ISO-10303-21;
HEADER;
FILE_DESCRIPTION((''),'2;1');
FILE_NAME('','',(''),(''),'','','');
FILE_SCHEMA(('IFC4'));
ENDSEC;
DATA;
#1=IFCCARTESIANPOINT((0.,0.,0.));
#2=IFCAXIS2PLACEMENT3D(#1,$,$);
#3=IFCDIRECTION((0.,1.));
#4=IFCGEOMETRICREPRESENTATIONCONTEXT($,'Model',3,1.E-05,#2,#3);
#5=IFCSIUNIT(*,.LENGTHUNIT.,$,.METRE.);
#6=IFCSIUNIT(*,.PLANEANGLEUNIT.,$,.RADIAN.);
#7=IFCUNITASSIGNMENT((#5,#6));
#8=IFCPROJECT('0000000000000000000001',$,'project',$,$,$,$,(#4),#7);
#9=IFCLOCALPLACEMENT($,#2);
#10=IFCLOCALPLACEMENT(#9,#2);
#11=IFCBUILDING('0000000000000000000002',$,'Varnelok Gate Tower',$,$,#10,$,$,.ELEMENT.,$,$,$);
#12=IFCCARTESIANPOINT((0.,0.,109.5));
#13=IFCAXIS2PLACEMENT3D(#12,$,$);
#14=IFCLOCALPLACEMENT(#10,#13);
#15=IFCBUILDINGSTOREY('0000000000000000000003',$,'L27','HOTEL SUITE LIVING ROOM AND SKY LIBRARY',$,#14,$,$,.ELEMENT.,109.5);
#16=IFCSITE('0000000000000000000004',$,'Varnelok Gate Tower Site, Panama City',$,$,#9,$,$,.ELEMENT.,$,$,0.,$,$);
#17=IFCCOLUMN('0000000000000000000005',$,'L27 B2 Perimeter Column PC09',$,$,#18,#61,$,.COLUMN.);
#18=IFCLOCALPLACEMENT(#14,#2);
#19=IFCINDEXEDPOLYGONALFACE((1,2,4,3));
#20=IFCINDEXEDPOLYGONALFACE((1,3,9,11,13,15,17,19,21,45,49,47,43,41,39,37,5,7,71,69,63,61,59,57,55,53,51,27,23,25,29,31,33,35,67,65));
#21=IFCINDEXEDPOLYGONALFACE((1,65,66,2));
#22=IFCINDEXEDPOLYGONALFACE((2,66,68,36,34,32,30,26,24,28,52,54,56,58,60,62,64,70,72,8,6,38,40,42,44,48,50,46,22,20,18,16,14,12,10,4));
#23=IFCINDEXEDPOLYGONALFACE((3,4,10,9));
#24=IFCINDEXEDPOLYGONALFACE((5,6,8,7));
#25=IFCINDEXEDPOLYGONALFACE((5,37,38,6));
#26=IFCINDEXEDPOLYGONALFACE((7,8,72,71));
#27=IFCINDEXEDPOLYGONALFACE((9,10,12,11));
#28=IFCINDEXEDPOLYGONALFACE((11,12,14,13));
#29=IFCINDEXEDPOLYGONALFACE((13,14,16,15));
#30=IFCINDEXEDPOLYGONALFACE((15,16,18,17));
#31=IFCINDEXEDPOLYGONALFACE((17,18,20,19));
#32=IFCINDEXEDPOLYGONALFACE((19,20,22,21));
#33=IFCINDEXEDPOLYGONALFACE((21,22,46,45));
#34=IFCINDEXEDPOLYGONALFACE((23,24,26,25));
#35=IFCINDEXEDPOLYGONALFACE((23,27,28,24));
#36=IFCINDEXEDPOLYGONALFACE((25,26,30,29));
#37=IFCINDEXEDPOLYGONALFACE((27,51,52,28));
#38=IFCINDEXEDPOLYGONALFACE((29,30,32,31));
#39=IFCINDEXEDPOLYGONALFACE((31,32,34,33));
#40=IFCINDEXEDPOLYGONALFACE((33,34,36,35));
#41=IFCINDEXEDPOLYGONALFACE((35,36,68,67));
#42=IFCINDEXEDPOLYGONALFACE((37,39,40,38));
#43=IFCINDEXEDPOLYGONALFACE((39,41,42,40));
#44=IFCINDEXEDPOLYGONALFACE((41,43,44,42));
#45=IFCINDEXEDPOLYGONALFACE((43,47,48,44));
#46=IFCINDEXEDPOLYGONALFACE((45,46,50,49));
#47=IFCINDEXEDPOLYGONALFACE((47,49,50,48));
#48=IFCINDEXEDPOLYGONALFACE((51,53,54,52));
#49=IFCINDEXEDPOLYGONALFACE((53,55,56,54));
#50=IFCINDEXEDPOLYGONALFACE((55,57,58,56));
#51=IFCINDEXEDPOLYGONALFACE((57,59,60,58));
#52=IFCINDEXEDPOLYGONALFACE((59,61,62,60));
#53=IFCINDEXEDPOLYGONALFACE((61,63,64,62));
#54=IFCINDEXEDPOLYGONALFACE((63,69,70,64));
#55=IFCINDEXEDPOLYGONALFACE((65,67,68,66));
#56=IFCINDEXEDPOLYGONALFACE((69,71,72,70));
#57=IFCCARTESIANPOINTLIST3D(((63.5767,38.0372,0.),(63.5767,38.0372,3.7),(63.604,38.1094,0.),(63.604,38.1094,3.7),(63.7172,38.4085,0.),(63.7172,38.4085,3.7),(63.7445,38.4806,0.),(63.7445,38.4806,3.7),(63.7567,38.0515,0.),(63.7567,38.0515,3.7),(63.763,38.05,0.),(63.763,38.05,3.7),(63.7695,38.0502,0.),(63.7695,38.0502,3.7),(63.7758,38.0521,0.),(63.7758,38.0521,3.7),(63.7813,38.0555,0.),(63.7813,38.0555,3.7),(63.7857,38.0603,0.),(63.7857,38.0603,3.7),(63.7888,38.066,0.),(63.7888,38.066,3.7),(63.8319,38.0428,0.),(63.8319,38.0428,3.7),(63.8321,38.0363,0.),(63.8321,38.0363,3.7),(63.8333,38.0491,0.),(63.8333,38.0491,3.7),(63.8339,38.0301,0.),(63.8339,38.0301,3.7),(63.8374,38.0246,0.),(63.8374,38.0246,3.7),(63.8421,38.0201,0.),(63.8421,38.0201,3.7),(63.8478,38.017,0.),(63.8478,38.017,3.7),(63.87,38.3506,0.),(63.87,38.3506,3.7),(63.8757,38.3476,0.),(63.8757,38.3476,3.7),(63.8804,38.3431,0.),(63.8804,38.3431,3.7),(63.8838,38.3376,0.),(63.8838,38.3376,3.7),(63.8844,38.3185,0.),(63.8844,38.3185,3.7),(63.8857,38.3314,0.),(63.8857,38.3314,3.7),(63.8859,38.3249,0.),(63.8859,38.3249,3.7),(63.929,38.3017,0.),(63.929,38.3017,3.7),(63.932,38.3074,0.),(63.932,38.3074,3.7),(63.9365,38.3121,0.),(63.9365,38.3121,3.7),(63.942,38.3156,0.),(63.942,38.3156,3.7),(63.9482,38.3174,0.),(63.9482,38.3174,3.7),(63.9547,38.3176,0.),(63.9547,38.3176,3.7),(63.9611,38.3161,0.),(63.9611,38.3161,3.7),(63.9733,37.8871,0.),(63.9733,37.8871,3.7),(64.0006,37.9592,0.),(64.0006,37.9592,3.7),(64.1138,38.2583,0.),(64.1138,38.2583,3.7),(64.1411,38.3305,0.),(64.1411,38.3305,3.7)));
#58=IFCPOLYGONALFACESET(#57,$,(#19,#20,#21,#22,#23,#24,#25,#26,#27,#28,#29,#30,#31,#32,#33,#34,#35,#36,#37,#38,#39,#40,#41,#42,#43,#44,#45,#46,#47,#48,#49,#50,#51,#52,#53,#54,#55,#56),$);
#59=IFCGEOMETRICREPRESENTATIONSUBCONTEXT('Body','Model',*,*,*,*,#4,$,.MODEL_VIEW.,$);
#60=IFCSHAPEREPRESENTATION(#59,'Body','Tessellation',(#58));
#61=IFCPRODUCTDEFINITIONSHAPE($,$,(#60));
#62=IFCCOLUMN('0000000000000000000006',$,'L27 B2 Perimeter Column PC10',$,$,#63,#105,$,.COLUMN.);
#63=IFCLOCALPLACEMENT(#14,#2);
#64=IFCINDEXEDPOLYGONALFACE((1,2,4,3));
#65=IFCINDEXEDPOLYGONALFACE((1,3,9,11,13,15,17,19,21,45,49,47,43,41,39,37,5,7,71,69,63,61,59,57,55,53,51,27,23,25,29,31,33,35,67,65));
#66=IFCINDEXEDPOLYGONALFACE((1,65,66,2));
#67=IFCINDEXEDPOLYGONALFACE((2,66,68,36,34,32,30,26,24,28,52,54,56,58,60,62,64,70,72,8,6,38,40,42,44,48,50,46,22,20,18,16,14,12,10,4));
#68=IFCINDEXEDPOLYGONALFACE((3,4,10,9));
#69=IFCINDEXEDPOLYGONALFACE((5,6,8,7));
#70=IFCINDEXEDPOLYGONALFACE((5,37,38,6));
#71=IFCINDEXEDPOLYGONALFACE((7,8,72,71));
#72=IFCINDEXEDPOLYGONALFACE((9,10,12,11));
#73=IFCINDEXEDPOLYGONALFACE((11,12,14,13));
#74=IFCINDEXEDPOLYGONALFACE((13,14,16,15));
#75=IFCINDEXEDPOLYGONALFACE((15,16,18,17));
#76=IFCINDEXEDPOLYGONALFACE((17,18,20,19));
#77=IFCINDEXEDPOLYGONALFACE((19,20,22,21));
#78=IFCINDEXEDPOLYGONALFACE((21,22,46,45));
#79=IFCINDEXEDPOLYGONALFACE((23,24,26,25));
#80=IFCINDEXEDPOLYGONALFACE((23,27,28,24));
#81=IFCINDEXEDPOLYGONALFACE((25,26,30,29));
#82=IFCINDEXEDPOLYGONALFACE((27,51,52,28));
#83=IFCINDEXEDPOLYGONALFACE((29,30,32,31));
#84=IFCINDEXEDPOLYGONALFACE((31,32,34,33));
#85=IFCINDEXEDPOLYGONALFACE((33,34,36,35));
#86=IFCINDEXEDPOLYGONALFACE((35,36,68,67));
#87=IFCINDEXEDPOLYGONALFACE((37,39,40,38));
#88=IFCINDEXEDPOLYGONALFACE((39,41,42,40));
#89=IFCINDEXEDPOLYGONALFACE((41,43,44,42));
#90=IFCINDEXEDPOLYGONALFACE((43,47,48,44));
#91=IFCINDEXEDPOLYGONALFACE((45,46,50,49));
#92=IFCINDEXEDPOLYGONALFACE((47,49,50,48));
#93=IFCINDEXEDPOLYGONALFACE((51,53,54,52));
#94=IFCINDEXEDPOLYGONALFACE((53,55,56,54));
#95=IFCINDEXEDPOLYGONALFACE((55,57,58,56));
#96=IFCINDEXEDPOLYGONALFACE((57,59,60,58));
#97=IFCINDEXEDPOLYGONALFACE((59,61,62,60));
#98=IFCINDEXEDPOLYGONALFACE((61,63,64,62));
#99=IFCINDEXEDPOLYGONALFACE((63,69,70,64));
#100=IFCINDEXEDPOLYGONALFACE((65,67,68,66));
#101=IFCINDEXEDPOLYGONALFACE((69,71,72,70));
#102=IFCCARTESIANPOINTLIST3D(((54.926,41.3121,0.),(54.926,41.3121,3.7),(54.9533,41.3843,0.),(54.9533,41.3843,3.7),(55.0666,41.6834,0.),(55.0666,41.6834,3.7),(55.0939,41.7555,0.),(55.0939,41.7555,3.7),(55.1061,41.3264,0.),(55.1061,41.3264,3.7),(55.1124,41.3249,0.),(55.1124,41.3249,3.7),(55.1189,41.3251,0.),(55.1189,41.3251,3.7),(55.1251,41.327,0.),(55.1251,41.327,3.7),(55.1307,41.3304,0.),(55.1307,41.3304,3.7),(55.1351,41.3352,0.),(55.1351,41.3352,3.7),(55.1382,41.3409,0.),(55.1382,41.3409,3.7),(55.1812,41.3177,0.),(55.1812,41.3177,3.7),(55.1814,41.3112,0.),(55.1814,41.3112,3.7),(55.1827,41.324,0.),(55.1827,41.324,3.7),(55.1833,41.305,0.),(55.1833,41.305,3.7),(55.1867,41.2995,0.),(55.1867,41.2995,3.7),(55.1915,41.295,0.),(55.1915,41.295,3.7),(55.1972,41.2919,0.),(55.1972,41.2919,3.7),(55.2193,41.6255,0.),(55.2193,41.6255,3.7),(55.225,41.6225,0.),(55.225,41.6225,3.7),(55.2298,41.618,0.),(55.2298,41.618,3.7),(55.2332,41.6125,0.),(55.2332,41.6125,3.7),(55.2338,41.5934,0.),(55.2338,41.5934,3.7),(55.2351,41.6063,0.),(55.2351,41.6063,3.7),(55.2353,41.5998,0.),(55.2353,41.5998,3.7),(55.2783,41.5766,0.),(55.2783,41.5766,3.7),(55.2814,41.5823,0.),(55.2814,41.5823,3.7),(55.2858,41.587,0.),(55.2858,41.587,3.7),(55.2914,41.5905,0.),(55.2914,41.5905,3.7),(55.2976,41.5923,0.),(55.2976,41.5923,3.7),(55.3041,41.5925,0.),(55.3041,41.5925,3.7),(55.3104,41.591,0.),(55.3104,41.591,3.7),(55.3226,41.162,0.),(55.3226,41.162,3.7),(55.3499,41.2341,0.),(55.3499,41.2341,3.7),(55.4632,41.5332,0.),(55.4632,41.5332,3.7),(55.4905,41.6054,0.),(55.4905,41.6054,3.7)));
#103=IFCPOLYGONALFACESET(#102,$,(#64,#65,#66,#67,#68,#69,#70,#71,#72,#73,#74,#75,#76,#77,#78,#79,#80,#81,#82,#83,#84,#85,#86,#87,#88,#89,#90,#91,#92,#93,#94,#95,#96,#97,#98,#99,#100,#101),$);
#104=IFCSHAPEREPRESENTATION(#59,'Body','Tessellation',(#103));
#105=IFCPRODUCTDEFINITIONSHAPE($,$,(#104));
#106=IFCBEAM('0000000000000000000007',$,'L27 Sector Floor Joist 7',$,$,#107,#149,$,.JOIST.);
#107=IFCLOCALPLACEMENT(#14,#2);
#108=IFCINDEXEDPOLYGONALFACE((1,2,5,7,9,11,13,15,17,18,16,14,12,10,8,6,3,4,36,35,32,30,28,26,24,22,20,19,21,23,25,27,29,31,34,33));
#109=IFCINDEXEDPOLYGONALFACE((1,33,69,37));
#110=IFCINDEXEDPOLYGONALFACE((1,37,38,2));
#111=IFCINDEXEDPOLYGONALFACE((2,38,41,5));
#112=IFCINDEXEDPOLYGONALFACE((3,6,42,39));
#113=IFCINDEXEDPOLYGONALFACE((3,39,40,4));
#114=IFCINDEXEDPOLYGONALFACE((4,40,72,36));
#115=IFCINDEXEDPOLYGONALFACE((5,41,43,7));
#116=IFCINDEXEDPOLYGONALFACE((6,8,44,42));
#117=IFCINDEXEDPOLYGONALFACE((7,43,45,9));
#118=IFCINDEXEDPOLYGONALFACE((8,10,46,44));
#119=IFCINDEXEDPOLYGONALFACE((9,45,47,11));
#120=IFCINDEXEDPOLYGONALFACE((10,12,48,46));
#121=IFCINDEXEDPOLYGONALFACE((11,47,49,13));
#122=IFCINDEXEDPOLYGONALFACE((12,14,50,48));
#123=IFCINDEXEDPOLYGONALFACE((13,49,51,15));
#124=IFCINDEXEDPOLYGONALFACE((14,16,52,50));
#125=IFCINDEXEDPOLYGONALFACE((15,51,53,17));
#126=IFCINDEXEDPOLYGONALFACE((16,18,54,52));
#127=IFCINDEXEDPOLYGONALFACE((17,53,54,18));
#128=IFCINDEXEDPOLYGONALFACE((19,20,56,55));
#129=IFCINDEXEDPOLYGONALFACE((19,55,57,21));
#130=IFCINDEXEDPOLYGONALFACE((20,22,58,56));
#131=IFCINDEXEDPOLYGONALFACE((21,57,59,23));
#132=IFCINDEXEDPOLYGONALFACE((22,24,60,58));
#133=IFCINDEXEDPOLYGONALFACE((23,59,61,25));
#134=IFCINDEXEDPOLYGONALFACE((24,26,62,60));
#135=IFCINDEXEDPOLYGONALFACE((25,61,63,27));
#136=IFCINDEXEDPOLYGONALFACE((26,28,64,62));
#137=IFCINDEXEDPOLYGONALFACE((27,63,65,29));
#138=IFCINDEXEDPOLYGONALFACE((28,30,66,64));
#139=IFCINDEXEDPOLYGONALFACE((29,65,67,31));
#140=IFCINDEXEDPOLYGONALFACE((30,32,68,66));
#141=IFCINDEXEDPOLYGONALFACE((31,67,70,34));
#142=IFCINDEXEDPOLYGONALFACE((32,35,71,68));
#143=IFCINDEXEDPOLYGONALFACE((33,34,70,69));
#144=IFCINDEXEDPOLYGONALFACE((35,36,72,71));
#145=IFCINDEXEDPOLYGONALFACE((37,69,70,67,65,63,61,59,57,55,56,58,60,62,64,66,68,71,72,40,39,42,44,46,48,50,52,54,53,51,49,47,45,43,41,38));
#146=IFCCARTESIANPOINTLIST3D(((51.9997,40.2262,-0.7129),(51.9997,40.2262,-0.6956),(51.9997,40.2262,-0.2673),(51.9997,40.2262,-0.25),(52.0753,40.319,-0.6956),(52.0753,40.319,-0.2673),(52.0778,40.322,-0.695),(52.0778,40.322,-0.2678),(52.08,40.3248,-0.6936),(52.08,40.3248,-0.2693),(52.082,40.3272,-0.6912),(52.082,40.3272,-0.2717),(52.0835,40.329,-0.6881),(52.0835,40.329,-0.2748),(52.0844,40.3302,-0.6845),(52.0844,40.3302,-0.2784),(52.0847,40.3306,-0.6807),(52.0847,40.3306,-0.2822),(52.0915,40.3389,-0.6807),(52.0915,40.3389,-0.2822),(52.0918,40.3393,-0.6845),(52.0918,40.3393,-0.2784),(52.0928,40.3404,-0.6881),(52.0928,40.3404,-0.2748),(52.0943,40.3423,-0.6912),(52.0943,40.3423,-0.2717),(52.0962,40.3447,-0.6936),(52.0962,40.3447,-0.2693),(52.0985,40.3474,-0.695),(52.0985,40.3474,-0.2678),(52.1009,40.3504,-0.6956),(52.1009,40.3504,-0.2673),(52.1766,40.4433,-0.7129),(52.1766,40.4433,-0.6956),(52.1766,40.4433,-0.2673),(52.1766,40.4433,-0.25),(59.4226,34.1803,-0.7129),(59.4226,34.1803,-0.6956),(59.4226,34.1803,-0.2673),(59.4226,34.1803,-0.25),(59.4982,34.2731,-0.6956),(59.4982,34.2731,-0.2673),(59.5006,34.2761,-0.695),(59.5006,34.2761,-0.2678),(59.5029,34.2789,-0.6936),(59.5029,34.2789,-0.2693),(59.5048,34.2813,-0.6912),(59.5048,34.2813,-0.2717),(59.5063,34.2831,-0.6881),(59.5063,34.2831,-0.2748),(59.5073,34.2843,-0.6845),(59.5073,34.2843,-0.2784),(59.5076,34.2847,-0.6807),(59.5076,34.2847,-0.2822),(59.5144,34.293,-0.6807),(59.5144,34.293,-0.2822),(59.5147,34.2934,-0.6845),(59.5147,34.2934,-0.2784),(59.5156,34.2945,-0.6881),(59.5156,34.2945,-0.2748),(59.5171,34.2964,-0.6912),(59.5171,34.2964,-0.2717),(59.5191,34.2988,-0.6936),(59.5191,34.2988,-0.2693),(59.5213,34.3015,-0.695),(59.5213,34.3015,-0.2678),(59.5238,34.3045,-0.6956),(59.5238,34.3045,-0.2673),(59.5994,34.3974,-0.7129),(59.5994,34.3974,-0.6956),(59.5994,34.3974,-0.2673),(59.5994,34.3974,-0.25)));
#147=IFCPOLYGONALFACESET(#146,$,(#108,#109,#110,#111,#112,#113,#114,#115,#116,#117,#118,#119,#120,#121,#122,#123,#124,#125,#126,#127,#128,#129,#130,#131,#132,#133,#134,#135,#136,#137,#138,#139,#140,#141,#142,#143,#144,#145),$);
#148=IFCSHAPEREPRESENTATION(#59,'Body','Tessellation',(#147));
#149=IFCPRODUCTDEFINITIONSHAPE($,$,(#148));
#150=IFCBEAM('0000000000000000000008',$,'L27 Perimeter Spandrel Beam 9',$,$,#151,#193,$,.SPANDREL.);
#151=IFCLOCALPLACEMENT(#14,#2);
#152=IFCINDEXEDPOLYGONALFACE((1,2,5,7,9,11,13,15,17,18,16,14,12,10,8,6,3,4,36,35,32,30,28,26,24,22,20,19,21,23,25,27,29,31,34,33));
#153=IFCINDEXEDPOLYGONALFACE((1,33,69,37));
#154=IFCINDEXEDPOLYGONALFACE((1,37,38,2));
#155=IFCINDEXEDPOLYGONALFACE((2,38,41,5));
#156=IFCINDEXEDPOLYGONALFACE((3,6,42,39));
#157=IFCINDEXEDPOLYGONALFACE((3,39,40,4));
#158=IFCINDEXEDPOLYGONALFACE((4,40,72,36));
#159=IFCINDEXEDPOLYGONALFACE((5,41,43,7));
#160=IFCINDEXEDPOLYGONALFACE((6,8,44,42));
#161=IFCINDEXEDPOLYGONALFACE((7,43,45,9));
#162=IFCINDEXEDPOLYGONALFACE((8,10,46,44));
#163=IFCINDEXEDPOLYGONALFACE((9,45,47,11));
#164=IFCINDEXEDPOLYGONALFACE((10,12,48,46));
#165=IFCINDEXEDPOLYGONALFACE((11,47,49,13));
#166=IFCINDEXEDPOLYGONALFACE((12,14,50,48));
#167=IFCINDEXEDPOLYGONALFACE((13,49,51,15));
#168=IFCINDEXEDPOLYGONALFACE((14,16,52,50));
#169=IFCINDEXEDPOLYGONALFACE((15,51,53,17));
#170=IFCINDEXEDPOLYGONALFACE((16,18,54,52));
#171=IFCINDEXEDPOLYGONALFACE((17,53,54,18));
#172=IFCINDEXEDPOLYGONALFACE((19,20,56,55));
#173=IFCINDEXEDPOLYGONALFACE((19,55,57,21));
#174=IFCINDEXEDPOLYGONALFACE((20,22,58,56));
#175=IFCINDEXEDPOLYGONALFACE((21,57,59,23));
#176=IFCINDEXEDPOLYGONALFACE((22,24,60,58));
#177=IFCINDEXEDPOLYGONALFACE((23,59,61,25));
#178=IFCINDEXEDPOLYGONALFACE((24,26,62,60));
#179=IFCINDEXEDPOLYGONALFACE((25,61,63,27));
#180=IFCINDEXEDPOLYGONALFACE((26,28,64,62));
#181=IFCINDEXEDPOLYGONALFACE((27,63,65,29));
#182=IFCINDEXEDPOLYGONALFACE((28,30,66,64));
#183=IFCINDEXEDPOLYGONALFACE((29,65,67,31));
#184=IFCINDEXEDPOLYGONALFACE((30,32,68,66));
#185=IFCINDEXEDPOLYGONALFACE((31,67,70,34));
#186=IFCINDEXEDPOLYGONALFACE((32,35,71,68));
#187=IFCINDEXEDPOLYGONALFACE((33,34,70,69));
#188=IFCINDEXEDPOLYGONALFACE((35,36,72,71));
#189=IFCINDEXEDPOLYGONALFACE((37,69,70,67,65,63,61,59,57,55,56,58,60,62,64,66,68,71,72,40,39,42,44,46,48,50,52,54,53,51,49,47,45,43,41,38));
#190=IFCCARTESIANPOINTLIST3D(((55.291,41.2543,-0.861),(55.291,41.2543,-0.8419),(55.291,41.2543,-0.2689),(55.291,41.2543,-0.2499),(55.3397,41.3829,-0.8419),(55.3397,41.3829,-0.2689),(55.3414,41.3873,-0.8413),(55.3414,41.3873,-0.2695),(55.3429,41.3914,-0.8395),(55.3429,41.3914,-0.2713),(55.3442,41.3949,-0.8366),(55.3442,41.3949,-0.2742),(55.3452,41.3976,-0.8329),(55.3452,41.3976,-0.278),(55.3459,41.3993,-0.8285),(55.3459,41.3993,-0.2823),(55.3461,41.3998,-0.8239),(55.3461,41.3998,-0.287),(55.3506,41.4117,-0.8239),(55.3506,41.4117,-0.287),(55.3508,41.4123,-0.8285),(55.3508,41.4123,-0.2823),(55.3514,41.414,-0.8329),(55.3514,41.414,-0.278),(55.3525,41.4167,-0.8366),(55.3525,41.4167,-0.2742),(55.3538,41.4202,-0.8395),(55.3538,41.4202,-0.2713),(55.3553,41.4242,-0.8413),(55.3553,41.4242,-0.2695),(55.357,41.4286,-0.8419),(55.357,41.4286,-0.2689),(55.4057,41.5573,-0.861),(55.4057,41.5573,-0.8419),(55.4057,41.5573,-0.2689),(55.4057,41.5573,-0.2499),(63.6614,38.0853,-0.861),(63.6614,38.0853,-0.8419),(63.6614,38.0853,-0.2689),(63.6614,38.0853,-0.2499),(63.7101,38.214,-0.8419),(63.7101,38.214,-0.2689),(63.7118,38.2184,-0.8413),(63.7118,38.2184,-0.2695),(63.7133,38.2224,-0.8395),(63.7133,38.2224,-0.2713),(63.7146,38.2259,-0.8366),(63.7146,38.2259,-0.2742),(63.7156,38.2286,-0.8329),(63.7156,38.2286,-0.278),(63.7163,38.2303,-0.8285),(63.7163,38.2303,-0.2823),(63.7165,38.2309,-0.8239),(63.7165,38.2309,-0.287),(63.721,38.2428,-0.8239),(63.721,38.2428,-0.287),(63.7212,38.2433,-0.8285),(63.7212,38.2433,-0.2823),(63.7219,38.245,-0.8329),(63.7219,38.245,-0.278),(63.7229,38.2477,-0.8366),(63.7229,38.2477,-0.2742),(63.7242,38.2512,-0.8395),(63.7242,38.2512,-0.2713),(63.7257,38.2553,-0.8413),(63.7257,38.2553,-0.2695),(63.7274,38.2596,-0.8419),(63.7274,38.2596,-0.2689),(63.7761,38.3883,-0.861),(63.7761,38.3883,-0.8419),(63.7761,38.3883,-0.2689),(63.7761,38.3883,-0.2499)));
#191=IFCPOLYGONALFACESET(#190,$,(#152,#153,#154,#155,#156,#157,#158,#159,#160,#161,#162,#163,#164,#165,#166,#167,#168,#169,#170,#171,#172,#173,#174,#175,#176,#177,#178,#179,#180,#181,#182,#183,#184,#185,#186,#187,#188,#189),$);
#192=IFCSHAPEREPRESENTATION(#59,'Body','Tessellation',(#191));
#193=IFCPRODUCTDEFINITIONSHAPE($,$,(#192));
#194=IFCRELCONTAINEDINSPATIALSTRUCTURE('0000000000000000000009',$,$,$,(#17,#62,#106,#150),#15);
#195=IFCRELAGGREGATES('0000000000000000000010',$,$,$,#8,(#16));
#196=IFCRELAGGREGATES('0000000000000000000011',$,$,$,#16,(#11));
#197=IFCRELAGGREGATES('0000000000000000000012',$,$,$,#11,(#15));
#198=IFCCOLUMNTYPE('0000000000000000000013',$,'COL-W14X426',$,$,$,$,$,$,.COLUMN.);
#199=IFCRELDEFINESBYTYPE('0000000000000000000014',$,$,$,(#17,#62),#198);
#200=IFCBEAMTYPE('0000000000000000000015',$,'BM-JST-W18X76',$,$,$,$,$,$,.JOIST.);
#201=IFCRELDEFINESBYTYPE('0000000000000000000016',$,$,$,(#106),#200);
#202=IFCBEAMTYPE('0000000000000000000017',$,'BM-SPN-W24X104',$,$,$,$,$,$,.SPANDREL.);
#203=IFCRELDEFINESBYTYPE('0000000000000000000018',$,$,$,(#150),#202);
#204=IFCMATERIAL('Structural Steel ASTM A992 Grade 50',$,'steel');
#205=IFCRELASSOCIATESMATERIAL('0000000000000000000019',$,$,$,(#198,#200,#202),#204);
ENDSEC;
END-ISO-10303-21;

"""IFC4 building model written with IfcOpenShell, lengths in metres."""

from ifc_helpers import new_model, si_unit, direction, frame, origin, origin_2d, place, context, subcontext, project, spatial, i_section, extrude, material, material_profile, profile_set, type_object, element, save


model = new_model("IFC4")

# Units and contexts
model_context = context("Model", 3, precision=1e-05, world=origin(), true_north=direction((0.0, 1.0)))
body_context = subcontext(model_context, "Body", "Model", "MODEL_VIEW")
ifc_project = project(units=[si_unit("LENGTHUNIT", "METRE"), si_unit("PLANEANGLEUNIT", "RADIAN")], contexts=[model_context])

# Site, building, storey
site_placement = place(None, origin())
site = spatial("IfcSite", under=ifc_project, at=site_placement, Name="Varnelok Gate Tower Site, Panama City", CompositionType="ELEMENT", RefElevation=0.0)
building_placement = place(site_placement, origin())
building = spatial("IfcBuilding", under=site, at=building_placement, Name="Varnelok Gate Tower", CompositionType="ELEMENT")
storey_placement = place(building_placement, frame((0.0, 0.0, 109.5)))
storey = spatial("IfcBuildingStorey", under=building, at=storey_placement, Name="L27", Description="HOTEL SUITE LIVING ROOM AND SKY LIBRARY", CompositionType="ELEMENT", Elevation=109.5)

# Columns
ifc_material_1 = material(Name="Structural Steel ASTM A992 Grade 50", Category="steel")
ifc_material_profile_1 = material_profile(ifc_material_1, i_section(OverallWidth=0.4241, OverallDepth=0.4741, WebThickness=0.0476, FlangeThickness=0.0771, FilletRadius=0.0249, at=origin_2d()), Name="W14X426")
ifc_profile_set_1 = profile_set([ifc_material_profile_1], Name="Structural Steel ASTM A992 Grade 50")
column_type = type_object("IfcColumnType", Name="COL-W14X426", PredefinedType="COLUMN", material=ifc_profile_set_1)
for number, where, z_axis, x_axis, name in (
    (1, (63.8589, 38.1838, 0.0), (0.0, 0.0, 1.0), (0.935222, -0.354063, 0.0), "L27 B2 Perimeter Column PC09"),
    (2, (55.2083, 41.4587, 0.0), (0.0, 0.0, 1.0), (0.935222, -0.354063, 0.0), "L27 B2 Perimeter Column PC10"),
):
    element("IfcColumn", number, at=place(storey_placement, frame(where, z_axis=z_axis, x_axis=x_axis)), inside=storey, type_object=column_type, Name=name, PredefinedType="COLUMN", context=body_context, shape_type="SweptSolid", body=[
        extrude(i_section(OverallWidth=0.4241, OverallDepth=0.4741, WebThickness=0.0476, FlangeThickness=0.0771, FilletRadius=0.0249, at=origin_2d()), origin(), (0.0, 0.0, 1.0), 3.7),
    ])

# Beams
ifc_material_profile_2 = material_profile(ifc_material_1, i_section(OverallWidth=0.28, OverallDepth=0.4629, WebThickness=0.0107, FlangeThickness=0.0173, FilletRadius=0.0149, at=origin_2d()), Name="W18X76")
ifc_profile_set_2 = profile_set([ifc_material_profile_2], Name="Structural Steel ASTM A992 Grade 50")
beam_type_1 = type_object("IfcBeamType", Name="BM-JST-W18X76", PredefinedType="JOIST", material=ifc_profile_set_2)
beam_1_placement = place(storey_placement, frame((59.511, 34.2888, -0.4814), z_axis=(-0.775355, 0.631525, 0.0), x_axis=(-0.631525, -0.775355, 0.0)))
element("IfcBeam", 3, at=beam_1_placement, inside=storey, type_object=beam_type_1, Name="L27 Sector Floor Joist 7", PredefinedType="JOIST", context=body_context, shape_type="SweptSolid", body=[
    extrude(i_section(OverallWidth=0.28, OverallDepth=0.4629, WebThickness=0.0107, FlangeThickness=0.0173, FilletRadius=0.0149, at=origin_2d()), origin(), (0.0, 0.0, 1.0), 9.5735),
])
ifc_material_profile_3 = material_profile(ifc_material_1, i_section(OverallWidth=0.324, OverallDepth=0.6111, WebThickness=0.0127, FlangeThickness=0.019, FilletRadius=0.0181, at=origin_2d()), Name="W24X104")
ifc_profile_set_3 = profile_set([ifc_material_profile_3], Name="Structural Steel ASTM A992 Grade 50")
beam_type_2 = type_object("IfcBeamType", Name="BM-SPN-W24X104", PredefinedType="SPANDREL", material=ifc_profile_set_3)
beam_2_placement = place(storey_placement, frame((63.7188, 38.2368, -0.5554), z_axis=(-0.93522, 0.354066, 0.0), x_axis=(-0.354066, -0.93522, 0.0)))
element("IfcBeam", 4, at=beam_2_placement, inside=storey, type_object=beam_type_2, Name="L27 Perimeter Spandrel Beam 9", PredefinedType="SPANDREL", context=body_context, shape_type="SweptSolid", body=[
    extrude(i_section(OverallWidth=0.324, OverallDepth=0.6111, WebThickness=0.0127, FlangeThickness=0.019, FilletRadius=0.0181, at=origin_2d()), origin(), (0.0, 0.0, 1.0), 8.9502),
])

save(model, "model.ifc")
